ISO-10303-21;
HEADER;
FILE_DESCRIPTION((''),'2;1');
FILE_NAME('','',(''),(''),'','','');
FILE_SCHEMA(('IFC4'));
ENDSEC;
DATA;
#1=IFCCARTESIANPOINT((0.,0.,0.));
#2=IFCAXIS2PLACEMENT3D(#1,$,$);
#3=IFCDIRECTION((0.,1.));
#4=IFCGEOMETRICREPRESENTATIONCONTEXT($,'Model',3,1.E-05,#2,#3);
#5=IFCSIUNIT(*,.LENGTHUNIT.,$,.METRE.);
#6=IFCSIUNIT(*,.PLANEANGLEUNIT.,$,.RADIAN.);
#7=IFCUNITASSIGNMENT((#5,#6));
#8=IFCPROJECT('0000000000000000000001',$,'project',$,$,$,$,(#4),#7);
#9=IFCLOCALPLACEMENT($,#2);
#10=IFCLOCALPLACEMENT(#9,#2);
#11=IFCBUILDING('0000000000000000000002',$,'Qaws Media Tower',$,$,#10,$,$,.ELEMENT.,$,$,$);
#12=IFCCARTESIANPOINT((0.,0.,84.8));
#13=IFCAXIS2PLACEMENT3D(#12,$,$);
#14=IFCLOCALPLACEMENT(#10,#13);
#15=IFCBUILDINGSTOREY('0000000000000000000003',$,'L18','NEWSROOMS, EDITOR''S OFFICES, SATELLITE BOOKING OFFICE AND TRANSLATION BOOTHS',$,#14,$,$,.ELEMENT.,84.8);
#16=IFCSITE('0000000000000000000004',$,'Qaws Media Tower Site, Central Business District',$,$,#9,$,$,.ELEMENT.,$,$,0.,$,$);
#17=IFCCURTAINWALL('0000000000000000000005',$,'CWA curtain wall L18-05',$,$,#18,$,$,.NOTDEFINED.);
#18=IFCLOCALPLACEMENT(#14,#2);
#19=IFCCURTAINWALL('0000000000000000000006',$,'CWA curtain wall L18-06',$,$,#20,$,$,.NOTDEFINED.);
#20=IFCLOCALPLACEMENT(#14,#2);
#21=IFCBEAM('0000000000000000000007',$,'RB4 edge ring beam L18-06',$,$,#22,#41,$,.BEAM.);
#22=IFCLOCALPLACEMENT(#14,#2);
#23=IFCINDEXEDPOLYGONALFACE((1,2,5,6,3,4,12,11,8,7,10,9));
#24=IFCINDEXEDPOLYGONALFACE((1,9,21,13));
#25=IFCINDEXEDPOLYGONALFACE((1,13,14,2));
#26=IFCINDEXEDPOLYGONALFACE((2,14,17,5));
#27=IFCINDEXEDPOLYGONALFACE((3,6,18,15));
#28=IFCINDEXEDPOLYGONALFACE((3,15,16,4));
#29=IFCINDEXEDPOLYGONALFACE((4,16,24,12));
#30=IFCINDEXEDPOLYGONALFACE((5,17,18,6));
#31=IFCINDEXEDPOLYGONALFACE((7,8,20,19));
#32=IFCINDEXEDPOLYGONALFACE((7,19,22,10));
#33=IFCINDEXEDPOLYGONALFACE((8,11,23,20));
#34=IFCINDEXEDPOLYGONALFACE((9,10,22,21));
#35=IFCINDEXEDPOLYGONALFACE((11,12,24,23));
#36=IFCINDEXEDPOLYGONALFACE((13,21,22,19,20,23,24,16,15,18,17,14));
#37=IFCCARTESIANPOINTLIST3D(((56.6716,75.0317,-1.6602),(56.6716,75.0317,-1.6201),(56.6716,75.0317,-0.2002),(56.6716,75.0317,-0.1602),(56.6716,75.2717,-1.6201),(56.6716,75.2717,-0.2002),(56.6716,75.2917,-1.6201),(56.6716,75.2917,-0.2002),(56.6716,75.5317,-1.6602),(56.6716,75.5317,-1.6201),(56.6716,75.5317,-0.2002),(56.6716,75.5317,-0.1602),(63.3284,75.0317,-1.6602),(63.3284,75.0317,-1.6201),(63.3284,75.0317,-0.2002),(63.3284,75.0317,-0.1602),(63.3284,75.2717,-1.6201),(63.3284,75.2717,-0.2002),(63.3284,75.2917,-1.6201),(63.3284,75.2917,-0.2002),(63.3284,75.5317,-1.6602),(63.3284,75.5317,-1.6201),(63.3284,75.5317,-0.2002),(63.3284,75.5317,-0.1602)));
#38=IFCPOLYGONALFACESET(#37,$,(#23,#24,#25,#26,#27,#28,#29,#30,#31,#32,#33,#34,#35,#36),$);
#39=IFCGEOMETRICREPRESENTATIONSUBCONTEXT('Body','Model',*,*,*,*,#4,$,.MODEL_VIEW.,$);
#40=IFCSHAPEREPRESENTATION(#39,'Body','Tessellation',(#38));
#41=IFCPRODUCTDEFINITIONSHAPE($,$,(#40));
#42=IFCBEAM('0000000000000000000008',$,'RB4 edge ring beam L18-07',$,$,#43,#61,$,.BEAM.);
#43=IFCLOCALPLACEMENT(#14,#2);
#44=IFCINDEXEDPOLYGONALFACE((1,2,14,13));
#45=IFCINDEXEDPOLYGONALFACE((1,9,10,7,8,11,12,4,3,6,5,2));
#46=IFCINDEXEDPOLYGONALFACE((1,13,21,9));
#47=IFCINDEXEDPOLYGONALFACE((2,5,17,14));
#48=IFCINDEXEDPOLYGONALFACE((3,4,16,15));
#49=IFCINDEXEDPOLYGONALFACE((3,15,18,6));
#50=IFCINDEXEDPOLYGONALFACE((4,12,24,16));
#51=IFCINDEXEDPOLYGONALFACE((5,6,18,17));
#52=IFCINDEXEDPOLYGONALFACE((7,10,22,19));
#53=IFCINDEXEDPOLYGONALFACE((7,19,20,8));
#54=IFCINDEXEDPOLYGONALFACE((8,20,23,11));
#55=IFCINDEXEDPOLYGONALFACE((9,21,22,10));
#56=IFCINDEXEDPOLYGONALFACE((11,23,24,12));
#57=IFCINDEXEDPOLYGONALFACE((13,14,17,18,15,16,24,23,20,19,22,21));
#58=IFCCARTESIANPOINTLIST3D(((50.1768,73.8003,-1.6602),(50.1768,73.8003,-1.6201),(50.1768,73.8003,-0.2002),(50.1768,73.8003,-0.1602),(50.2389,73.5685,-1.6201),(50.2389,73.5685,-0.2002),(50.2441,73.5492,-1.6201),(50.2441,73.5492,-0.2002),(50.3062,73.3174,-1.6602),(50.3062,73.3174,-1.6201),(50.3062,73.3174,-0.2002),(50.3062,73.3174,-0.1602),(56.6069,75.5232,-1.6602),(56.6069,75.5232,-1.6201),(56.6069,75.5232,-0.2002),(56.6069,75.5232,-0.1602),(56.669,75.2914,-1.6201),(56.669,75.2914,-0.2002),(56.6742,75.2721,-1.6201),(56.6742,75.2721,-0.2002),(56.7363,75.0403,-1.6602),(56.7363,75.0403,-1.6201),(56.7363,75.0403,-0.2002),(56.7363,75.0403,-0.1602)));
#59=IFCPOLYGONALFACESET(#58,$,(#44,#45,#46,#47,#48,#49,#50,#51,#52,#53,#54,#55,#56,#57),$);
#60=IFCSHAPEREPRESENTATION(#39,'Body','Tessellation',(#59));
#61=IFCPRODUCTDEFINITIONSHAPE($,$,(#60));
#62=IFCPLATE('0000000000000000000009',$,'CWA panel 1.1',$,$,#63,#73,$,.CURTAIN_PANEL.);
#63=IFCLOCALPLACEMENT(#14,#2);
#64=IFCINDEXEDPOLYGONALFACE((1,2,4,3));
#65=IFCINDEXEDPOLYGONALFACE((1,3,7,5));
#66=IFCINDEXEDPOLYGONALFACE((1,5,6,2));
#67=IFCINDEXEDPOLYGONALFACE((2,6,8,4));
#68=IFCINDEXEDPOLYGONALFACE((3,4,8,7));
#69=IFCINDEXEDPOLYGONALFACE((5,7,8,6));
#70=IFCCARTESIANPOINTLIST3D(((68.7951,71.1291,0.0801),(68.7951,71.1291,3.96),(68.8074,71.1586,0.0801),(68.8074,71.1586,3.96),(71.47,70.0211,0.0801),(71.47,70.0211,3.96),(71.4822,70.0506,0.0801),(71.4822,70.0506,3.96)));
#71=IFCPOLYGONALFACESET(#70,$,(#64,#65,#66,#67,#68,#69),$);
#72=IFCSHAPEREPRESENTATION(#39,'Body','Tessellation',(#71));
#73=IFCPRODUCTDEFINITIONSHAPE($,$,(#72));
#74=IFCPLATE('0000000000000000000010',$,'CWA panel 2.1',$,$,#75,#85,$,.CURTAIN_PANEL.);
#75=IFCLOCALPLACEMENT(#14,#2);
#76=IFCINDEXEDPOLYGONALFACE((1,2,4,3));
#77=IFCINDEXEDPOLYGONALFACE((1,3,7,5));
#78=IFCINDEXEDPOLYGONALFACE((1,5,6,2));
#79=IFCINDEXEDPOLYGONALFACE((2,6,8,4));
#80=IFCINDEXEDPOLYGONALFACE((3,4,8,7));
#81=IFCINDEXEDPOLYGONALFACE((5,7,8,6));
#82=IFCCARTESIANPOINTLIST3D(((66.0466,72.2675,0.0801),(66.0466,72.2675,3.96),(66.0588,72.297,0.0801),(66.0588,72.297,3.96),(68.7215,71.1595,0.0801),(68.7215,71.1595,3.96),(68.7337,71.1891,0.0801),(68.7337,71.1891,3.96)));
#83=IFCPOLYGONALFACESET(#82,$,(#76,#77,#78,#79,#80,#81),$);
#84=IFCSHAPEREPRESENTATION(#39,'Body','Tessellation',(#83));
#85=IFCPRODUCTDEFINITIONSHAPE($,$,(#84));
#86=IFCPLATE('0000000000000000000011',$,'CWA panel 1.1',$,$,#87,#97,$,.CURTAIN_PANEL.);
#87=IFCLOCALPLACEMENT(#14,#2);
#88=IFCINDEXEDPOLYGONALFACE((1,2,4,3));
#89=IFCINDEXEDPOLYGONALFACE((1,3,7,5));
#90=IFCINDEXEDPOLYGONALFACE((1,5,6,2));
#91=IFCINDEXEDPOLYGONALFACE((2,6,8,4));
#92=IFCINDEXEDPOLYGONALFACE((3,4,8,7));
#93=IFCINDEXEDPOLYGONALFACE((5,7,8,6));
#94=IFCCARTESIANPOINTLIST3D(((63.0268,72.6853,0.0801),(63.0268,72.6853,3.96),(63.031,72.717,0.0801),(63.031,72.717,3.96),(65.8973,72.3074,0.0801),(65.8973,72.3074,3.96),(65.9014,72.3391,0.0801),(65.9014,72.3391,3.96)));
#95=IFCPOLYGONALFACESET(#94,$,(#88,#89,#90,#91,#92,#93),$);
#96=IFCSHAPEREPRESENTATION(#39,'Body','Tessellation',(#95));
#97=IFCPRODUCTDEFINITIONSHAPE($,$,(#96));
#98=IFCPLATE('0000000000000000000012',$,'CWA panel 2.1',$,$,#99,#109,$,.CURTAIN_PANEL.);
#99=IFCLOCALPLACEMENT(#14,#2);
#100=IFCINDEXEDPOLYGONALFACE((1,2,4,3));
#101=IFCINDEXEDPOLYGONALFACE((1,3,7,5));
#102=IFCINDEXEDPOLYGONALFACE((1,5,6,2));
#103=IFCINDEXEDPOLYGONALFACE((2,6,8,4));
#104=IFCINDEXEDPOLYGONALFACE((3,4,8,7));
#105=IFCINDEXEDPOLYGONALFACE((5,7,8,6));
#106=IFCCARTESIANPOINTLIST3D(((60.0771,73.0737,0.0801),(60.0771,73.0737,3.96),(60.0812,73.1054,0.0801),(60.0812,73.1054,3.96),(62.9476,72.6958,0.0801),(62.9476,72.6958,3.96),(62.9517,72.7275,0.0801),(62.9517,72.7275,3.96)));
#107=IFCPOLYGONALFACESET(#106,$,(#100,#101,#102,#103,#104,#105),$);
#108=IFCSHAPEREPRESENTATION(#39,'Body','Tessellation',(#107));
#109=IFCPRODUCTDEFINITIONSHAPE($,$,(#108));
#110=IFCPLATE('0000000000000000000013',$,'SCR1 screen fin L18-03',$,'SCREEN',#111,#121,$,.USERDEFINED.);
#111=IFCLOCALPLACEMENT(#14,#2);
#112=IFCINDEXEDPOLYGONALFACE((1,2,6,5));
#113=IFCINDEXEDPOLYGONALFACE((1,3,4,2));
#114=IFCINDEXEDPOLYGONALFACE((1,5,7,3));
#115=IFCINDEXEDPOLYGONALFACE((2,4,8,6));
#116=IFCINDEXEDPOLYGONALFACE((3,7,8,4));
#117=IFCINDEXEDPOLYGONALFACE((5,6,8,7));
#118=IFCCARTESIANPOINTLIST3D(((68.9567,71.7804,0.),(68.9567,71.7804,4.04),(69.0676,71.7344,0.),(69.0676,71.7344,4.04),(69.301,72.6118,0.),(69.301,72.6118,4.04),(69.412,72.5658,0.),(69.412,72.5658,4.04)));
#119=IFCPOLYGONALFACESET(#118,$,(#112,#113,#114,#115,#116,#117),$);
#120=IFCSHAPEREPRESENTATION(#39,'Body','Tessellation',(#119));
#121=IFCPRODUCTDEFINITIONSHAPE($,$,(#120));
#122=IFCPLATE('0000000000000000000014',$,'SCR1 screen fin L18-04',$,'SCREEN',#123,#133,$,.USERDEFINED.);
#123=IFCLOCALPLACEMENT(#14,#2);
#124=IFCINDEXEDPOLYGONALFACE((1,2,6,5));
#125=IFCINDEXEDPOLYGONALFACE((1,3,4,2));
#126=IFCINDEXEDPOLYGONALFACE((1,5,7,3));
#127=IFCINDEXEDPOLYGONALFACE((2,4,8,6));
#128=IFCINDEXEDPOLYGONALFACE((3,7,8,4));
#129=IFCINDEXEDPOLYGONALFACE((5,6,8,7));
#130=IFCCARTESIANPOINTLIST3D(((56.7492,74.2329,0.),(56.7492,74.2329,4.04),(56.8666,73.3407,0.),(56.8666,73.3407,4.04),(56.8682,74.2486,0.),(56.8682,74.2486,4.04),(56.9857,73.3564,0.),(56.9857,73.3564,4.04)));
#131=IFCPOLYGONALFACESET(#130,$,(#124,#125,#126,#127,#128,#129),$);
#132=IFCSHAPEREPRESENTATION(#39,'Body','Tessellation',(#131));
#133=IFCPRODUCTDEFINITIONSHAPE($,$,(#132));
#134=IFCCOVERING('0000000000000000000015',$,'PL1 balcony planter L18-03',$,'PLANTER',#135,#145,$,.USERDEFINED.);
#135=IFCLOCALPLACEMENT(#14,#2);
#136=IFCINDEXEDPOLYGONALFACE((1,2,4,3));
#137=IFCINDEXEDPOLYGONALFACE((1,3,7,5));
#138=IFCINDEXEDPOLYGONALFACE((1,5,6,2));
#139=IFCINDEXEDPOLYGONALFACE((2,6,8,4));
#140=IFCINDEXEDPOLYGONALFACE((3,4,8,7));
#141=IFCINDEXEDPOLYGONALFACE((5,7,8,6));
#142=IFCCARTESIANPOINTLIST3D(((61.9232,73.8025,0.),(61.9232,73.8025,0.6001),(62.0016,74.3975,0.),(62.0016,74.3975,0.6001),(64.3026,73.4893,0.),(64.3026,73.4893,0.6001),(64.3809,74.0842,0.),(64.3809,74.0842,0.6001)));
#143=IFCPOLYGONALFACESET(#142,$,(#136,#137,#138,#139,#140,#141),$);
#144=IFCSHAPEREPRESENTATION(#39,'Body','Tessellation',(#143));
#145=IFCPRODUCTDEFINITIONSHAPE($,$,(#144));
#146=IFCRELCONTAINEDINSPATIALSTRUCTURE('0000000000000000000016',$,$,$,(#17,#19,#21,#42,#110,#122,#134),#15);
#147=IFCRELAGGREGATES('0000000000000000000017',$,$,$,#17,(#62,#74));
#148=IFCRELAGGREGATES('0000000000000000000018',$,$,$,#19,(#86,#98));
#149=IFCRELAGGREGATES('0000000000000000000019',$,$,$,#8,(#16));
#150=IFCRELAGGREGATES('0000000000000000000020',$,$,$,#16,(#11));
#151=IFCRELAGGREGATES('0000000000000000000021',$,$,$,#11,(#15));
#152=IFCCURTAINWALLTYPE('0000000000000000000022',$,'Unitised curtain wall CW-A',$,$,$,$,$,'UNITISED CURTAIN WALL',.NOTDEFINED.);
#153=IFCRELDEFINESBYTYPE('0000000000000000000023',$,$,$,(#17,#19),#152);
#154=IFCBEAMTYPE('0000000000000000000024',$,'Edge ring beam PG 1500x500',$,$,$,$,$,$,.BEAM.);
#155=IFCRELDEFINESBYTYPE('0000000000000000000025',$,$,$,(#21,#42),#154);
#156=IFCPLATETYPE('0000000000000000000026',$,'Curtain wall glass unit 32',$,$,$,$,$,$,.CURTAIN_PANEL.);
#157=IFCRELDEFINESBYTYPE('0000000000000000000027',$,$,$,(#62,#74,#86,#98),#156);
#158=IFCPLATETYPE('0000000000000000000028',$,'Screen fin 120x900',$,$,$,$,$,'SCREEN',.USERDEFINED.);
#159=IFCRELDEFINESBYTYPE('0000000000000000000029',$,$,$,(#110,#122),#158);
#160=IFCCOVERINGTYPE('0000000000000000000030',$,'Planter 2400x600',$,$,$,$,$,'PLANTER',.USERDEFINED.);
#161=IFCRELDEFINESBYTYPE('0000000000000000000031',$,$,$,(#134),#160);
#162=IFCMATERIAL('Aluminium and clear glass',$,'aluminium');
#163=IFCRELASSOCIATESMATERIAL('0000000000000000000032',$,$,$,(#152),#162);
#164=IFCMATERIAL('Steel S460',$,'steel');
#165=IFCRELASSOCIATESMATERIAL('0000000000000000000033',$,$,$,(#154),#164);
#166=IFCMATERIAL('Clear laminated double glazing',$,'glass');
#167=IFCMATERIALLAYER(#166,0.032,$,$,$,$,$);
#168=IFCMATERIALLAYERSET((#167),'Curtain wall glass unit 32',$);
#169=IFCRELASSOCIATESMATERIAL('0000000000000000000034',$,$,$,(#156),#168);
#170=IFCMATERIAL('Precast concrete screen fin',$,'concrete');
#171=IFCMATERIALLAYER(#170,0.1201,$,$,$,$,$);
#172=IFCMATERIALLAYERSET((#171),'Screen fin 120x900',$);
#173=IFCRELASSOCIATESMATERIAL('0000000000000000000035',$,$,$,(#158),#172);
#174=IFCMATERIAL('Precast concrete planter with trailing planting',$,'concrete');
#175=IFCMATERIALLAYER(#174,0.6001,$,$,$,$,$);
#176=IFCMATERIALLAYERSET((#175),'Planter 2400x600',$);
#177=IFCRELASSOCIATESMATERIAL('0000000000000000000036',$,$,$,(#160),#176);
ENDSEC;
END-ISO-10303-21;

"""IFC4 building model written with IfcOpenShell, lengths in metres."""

from ifc_helpers import new_model, si_unit, direction, frame, origin, origin_2d, place, context, subcontext, project, spatial, rectangle, i_section, extrude, material, layer, layer_set, material_profile, profile_set, type_object, element, aggregate, save


model = new_model("IFC4")

# Units and contexts
model_context = context("Model", 3, precision=1e-05, world=origin(), true_north=direction((0.0, 1.0)))
body_context = subcontext(model_context, "Body", "Model", "MODEL_VIEW")
ifc_project = project(units=[si_unit("LENGTHUNIT", "METRE"), si_unit("PLANEANGLEUNIT", "RADIAN")], contexts=[model_context])

# Site, building, storey
site_placement = place(None, origin())
site = spatial("IfcSite", under=ifc_project, at=site_placement, Name="Qaws Media Tower Site, Central Business District", CompositionType="ELEMENT", RefElevation=0.0)
building_placement = place(site_placement, origin())
building = spatial("IfcBuilding", under=site, at=building_placement, Name="Qaws Media Tower", CompositionType="ELEMENT")
storey_placement = place(building_placement, frame((0.0, 0.0, 84.8)))
storey = spatial("IfcBuildingStorey", under=building, at=storey_placement, Name="L18", Description="NEWSROOMS, EDITOR'S OFFICES, SATELLITE BOOKING OFFICE AND TRANSLATION BOOTHS", CompositionType="ELEMENT", Elevation=84.8)

# Curtain walls
ifc_material_1 = material(Name="Aluminium and clear glass", Category="aluminium")
curtain_wall_type = type_object("IfcCurtainWallType", Name="Unitised curtain wall CW-A", ElementType="UNITISED CURTAIN WALL", PredefinedType="NOTDEFINED", material=ifc_material_1)
curtain_wall_1_placement = place(storey_placement, origin())
curtain_wall_1 = element("IfcCurtainWall", 1, at=curtain_wall_1_placement, inside=storey, type_object=curtain_wall_type, Name="CWA curtain wall L18-05", PredefinedType="NOTDEFINED")
curtain_wall_2_placement = place(storey_placement, origin())
curtain_wall_2 = element("IfcCurtainWall", 2, at=curtain_wall_2_placement, inside=storey, type_object=curtain_wall_type, Name="CWA curtain wall L18-06", PredefinedType="NOTDEFINED")

# Beams
ifc_material_2 = material(Name="Steel S460", Category="steel")
ifc_material_profile_1 = material_profile(ifc_material_2, i_section(OverallWidth=0.5, OverallDepth=1.5, WebThickness=0.02, FlangeThickness=0.04, at=origin_2d()), Name="PG 1500x500")
ifc_profile_set_1 = profile_set([ifc_material_profile_1], Name="Steel S460")
beam_type = type_object("IfcBeamType", Name="Edge ring beam PG 1500x500", PredefinedType="BEAM", material=ifc_profile_set_1)
beam_1_placement = place(storey_placement, frame((63.3284, 75.2817, -0.9102), z_axis=(-1.0, 0.0, 0.0), x_axis=(0.0, -1.0, 0.0)))
element("IfcBeam", 3, at=beam_1_placement, inside=storey, type_object=beam_type, Name="RB4 edge ring beam L18-06", PredefinedType="BEAM", context=body_context, shape_type="SweptSolid", body=[
    extrude(i_section(OverallWidth=0.5, OverallDepth=1.5, WebThickness=0.02, FlangeThickness=0.04, at=origin_2d()), origin(), (0.0, 0.0, 1.0), 6.6567),
])
beam_2_placement = place(storey_placement, frame((56.6716, 75.2817, -0.9102), z_axis=(-0.965928, -0.258811, 0.0), x_axis=(0.258811, -0.965928, 0.0)))
element("IfcBeam", 4, at=beam_2_placement, inside=storey, type_object=beam_type, Name="RB4 edge ring beam L18-07", PredefinedType="BEAM", context=body_context, shape_type="SweptSolid", body=[
    extrude(i_section(OverallWidth=0.5, OverallDepth=1.5, WebThickness=0.02, FlangeThickness=0.04, at=origin_2d()), origin(), (0.0, 0.0, 1.0), 6.657),
])

# Plates
ifc_material_3 = material(Name="Clear laminated double glazing", Category="glass")
ifc_layer_1 = layer(ifc_material_3, 0.032)
ifc_layer_set_1 = layer_set([ifc_layer_1], Name="Curtain wall glass unit 32")
plate_type_1 = type_object("IfcPlateType", Name="Curtain wall glass unit 32", PredefinedType="CURTAIN_PANEL", material=ifc_layer_set_1)
plate_1_placement = place(storey_placement, frame((70.1387, 70.5898, 0.0801), z_axis=(0.0, 0.0, 1.0), x_axis=(-0.92388, 0.382683, 0.0)))
plate_1 = element("IfcPlate", 5, at=plate_1_placement, type_object=plate_type_1, Name="CWA panel 1.1", PredefinedType="CURTAIN_PANEL", context=body_context, shape_type="SweptSolid", body=[
    extrude(rectangle(XDim=2.8953, YDim=0.032, at=origin_2d()), origin(), (0.0, 0.0, 1.0), 3.8799),
])
plate_2_placement = place(storey_placement, frame((67.3901, 71.7283, 0.0801), z_axis=(0.0, 0.0, 1.0), x_axis=(-0.92388, 0.382683, 0.0)))
plate_2 = element("IfcPlate", 6, at=plate_2_placement, type_object=plate_type_1, Name="CWA panel 2.1", PredefinedType="CURTAIN_PANEL", context=body_context, shape_type="SweptSolid", body=[
    extrude(rectangle(XDim=2.8953, YDim=0.032, at=origin_2d()), origin(), (0.0, 0.0, 1.0), 3.8799),
])
aggregate(curtain_wall_1, [plate_1, plate_2])
plate_3_placement = place(storey_placement, frame((64.4641, 72.5122, 0.0801), z_axis=(0.0, 0.0, 1.0), x_axis=(-0.991445, 0.130526, 0.0)))
plate_3 = element("IfcPlate", 7, at=plate_3_placement, type_object=plate_type_1, Name="CWA panel 1.1", PredefinedType="CURTAIN_PANEL", context=body_context, shape_type="SweptSolid", body=[
    extrude(rectangle(XDim=2.8953, YDim=0.032, at=origin_2d()), origin(), (0.0, 0.0, 1.0), 3.8799),
])
plate_4_placement = place(storey_placement, frame((61.5144, 72.9006, 0.0801), z_axis=(0.0, 0.0, 1.0), x_axis=(-0.991445, 0.130526, 0.0)))
plate_4 = element("IfcPlate", 8, at=plate_4_placement, type_object=plate_type_1, Name="CWA panel 2.1", PredefinedType="CURTAIN_PANEL", context=body_context, shape_type="SweptSolid", body=[
    extrude(rectangle(XDim=2.8953, YDim=0.032, at=origin_2d()), origin(), (0.0, 0.0, 1.0), 3.8799),
])
aggregate(curtain_wall_2, [plate_3, plate_4])

# Plates
ifc_material_4 = material(Name="Precast concrete screen fin", Category="concrete")
ifc_layer_2 = layer(ifc_material_4, 0.1201)
ifc_layer_set_2 = layer_set([ifc_layer_2], Name="Screen fin 120x900")
plate_type_2 = type_object("IfcPlateType", Name="Screen fin 120x900", ElementType="SCREEN", PredefinedType="USERDEFINED", material=ifc_layer_set_2)
for number, where, z_axis, x_axis, name in (
    (9, (69.1843, 72.1731, 0.0), (0.0, 0.0, 1.0), (0.382683, 0.92388, 0.0), "SCR1 screen fin L18-03"),
    (10, (56.8674, 73.7947, 0.0), (0.0, 0.0, 1.0), (-0.130526, 0.991445, 0.0), "SCR1 screen fin L18-04"),
):
    element("IfcPlate", number, at=place(storey_placement, frame(where, z_axis=z_axis, x_axis=x_axis)), inside=storey, type_object=plate_type_2, Name=name, ObjectType="SCREEN", PredefinedType="USERDEFINED", context=body_context, shape_type="SweptSolid", body=[
        extrude(rectangle(XDim=0.8999, YDim=0.1201, at=origin_2d()), origin(), (0.0, 0.0, 1.0), 4.04),
    ])

# Covering
ifc_material_5 = material(Name="Precast concrete planter with trailing planting", Category="concrete")
ifc_layer_3 = layer(ifc_material_5, 0.6001)
ifc_layer_set_3 = layer_set([ifc_layer_3], Name="Planter 2400x600")
covering_type = type_object("IfcCoveringType", Name="Planter 2400x600", ElementType="PLANTER", PredefinedType="USERDEFINED", material=ifc_layer_set_3)
covering_placement = place(storey_placement, frame((63.1521, 73.9434, 0.0), z_axis=(0.0, 0.0, 1.0), x_axis=(-0.991445, 0.130526, 0.0)))
element("IfcCovering", 11, at=covering_placement, inside=storey, type_object=covering_type, Name="PL1 balcony planter L18-03", ObjectType="PLANTER", PredefinedType="USERDEFINED", context=body_context, shape_type="SweptSolid", body=[
    extrude(rectangle(XDim=2.3999, YDim=0.6001, at=origin_2d()), origin(), (0.0, 0.0, 1.0), 0.6001),
])

save(model, "model.ifc")
